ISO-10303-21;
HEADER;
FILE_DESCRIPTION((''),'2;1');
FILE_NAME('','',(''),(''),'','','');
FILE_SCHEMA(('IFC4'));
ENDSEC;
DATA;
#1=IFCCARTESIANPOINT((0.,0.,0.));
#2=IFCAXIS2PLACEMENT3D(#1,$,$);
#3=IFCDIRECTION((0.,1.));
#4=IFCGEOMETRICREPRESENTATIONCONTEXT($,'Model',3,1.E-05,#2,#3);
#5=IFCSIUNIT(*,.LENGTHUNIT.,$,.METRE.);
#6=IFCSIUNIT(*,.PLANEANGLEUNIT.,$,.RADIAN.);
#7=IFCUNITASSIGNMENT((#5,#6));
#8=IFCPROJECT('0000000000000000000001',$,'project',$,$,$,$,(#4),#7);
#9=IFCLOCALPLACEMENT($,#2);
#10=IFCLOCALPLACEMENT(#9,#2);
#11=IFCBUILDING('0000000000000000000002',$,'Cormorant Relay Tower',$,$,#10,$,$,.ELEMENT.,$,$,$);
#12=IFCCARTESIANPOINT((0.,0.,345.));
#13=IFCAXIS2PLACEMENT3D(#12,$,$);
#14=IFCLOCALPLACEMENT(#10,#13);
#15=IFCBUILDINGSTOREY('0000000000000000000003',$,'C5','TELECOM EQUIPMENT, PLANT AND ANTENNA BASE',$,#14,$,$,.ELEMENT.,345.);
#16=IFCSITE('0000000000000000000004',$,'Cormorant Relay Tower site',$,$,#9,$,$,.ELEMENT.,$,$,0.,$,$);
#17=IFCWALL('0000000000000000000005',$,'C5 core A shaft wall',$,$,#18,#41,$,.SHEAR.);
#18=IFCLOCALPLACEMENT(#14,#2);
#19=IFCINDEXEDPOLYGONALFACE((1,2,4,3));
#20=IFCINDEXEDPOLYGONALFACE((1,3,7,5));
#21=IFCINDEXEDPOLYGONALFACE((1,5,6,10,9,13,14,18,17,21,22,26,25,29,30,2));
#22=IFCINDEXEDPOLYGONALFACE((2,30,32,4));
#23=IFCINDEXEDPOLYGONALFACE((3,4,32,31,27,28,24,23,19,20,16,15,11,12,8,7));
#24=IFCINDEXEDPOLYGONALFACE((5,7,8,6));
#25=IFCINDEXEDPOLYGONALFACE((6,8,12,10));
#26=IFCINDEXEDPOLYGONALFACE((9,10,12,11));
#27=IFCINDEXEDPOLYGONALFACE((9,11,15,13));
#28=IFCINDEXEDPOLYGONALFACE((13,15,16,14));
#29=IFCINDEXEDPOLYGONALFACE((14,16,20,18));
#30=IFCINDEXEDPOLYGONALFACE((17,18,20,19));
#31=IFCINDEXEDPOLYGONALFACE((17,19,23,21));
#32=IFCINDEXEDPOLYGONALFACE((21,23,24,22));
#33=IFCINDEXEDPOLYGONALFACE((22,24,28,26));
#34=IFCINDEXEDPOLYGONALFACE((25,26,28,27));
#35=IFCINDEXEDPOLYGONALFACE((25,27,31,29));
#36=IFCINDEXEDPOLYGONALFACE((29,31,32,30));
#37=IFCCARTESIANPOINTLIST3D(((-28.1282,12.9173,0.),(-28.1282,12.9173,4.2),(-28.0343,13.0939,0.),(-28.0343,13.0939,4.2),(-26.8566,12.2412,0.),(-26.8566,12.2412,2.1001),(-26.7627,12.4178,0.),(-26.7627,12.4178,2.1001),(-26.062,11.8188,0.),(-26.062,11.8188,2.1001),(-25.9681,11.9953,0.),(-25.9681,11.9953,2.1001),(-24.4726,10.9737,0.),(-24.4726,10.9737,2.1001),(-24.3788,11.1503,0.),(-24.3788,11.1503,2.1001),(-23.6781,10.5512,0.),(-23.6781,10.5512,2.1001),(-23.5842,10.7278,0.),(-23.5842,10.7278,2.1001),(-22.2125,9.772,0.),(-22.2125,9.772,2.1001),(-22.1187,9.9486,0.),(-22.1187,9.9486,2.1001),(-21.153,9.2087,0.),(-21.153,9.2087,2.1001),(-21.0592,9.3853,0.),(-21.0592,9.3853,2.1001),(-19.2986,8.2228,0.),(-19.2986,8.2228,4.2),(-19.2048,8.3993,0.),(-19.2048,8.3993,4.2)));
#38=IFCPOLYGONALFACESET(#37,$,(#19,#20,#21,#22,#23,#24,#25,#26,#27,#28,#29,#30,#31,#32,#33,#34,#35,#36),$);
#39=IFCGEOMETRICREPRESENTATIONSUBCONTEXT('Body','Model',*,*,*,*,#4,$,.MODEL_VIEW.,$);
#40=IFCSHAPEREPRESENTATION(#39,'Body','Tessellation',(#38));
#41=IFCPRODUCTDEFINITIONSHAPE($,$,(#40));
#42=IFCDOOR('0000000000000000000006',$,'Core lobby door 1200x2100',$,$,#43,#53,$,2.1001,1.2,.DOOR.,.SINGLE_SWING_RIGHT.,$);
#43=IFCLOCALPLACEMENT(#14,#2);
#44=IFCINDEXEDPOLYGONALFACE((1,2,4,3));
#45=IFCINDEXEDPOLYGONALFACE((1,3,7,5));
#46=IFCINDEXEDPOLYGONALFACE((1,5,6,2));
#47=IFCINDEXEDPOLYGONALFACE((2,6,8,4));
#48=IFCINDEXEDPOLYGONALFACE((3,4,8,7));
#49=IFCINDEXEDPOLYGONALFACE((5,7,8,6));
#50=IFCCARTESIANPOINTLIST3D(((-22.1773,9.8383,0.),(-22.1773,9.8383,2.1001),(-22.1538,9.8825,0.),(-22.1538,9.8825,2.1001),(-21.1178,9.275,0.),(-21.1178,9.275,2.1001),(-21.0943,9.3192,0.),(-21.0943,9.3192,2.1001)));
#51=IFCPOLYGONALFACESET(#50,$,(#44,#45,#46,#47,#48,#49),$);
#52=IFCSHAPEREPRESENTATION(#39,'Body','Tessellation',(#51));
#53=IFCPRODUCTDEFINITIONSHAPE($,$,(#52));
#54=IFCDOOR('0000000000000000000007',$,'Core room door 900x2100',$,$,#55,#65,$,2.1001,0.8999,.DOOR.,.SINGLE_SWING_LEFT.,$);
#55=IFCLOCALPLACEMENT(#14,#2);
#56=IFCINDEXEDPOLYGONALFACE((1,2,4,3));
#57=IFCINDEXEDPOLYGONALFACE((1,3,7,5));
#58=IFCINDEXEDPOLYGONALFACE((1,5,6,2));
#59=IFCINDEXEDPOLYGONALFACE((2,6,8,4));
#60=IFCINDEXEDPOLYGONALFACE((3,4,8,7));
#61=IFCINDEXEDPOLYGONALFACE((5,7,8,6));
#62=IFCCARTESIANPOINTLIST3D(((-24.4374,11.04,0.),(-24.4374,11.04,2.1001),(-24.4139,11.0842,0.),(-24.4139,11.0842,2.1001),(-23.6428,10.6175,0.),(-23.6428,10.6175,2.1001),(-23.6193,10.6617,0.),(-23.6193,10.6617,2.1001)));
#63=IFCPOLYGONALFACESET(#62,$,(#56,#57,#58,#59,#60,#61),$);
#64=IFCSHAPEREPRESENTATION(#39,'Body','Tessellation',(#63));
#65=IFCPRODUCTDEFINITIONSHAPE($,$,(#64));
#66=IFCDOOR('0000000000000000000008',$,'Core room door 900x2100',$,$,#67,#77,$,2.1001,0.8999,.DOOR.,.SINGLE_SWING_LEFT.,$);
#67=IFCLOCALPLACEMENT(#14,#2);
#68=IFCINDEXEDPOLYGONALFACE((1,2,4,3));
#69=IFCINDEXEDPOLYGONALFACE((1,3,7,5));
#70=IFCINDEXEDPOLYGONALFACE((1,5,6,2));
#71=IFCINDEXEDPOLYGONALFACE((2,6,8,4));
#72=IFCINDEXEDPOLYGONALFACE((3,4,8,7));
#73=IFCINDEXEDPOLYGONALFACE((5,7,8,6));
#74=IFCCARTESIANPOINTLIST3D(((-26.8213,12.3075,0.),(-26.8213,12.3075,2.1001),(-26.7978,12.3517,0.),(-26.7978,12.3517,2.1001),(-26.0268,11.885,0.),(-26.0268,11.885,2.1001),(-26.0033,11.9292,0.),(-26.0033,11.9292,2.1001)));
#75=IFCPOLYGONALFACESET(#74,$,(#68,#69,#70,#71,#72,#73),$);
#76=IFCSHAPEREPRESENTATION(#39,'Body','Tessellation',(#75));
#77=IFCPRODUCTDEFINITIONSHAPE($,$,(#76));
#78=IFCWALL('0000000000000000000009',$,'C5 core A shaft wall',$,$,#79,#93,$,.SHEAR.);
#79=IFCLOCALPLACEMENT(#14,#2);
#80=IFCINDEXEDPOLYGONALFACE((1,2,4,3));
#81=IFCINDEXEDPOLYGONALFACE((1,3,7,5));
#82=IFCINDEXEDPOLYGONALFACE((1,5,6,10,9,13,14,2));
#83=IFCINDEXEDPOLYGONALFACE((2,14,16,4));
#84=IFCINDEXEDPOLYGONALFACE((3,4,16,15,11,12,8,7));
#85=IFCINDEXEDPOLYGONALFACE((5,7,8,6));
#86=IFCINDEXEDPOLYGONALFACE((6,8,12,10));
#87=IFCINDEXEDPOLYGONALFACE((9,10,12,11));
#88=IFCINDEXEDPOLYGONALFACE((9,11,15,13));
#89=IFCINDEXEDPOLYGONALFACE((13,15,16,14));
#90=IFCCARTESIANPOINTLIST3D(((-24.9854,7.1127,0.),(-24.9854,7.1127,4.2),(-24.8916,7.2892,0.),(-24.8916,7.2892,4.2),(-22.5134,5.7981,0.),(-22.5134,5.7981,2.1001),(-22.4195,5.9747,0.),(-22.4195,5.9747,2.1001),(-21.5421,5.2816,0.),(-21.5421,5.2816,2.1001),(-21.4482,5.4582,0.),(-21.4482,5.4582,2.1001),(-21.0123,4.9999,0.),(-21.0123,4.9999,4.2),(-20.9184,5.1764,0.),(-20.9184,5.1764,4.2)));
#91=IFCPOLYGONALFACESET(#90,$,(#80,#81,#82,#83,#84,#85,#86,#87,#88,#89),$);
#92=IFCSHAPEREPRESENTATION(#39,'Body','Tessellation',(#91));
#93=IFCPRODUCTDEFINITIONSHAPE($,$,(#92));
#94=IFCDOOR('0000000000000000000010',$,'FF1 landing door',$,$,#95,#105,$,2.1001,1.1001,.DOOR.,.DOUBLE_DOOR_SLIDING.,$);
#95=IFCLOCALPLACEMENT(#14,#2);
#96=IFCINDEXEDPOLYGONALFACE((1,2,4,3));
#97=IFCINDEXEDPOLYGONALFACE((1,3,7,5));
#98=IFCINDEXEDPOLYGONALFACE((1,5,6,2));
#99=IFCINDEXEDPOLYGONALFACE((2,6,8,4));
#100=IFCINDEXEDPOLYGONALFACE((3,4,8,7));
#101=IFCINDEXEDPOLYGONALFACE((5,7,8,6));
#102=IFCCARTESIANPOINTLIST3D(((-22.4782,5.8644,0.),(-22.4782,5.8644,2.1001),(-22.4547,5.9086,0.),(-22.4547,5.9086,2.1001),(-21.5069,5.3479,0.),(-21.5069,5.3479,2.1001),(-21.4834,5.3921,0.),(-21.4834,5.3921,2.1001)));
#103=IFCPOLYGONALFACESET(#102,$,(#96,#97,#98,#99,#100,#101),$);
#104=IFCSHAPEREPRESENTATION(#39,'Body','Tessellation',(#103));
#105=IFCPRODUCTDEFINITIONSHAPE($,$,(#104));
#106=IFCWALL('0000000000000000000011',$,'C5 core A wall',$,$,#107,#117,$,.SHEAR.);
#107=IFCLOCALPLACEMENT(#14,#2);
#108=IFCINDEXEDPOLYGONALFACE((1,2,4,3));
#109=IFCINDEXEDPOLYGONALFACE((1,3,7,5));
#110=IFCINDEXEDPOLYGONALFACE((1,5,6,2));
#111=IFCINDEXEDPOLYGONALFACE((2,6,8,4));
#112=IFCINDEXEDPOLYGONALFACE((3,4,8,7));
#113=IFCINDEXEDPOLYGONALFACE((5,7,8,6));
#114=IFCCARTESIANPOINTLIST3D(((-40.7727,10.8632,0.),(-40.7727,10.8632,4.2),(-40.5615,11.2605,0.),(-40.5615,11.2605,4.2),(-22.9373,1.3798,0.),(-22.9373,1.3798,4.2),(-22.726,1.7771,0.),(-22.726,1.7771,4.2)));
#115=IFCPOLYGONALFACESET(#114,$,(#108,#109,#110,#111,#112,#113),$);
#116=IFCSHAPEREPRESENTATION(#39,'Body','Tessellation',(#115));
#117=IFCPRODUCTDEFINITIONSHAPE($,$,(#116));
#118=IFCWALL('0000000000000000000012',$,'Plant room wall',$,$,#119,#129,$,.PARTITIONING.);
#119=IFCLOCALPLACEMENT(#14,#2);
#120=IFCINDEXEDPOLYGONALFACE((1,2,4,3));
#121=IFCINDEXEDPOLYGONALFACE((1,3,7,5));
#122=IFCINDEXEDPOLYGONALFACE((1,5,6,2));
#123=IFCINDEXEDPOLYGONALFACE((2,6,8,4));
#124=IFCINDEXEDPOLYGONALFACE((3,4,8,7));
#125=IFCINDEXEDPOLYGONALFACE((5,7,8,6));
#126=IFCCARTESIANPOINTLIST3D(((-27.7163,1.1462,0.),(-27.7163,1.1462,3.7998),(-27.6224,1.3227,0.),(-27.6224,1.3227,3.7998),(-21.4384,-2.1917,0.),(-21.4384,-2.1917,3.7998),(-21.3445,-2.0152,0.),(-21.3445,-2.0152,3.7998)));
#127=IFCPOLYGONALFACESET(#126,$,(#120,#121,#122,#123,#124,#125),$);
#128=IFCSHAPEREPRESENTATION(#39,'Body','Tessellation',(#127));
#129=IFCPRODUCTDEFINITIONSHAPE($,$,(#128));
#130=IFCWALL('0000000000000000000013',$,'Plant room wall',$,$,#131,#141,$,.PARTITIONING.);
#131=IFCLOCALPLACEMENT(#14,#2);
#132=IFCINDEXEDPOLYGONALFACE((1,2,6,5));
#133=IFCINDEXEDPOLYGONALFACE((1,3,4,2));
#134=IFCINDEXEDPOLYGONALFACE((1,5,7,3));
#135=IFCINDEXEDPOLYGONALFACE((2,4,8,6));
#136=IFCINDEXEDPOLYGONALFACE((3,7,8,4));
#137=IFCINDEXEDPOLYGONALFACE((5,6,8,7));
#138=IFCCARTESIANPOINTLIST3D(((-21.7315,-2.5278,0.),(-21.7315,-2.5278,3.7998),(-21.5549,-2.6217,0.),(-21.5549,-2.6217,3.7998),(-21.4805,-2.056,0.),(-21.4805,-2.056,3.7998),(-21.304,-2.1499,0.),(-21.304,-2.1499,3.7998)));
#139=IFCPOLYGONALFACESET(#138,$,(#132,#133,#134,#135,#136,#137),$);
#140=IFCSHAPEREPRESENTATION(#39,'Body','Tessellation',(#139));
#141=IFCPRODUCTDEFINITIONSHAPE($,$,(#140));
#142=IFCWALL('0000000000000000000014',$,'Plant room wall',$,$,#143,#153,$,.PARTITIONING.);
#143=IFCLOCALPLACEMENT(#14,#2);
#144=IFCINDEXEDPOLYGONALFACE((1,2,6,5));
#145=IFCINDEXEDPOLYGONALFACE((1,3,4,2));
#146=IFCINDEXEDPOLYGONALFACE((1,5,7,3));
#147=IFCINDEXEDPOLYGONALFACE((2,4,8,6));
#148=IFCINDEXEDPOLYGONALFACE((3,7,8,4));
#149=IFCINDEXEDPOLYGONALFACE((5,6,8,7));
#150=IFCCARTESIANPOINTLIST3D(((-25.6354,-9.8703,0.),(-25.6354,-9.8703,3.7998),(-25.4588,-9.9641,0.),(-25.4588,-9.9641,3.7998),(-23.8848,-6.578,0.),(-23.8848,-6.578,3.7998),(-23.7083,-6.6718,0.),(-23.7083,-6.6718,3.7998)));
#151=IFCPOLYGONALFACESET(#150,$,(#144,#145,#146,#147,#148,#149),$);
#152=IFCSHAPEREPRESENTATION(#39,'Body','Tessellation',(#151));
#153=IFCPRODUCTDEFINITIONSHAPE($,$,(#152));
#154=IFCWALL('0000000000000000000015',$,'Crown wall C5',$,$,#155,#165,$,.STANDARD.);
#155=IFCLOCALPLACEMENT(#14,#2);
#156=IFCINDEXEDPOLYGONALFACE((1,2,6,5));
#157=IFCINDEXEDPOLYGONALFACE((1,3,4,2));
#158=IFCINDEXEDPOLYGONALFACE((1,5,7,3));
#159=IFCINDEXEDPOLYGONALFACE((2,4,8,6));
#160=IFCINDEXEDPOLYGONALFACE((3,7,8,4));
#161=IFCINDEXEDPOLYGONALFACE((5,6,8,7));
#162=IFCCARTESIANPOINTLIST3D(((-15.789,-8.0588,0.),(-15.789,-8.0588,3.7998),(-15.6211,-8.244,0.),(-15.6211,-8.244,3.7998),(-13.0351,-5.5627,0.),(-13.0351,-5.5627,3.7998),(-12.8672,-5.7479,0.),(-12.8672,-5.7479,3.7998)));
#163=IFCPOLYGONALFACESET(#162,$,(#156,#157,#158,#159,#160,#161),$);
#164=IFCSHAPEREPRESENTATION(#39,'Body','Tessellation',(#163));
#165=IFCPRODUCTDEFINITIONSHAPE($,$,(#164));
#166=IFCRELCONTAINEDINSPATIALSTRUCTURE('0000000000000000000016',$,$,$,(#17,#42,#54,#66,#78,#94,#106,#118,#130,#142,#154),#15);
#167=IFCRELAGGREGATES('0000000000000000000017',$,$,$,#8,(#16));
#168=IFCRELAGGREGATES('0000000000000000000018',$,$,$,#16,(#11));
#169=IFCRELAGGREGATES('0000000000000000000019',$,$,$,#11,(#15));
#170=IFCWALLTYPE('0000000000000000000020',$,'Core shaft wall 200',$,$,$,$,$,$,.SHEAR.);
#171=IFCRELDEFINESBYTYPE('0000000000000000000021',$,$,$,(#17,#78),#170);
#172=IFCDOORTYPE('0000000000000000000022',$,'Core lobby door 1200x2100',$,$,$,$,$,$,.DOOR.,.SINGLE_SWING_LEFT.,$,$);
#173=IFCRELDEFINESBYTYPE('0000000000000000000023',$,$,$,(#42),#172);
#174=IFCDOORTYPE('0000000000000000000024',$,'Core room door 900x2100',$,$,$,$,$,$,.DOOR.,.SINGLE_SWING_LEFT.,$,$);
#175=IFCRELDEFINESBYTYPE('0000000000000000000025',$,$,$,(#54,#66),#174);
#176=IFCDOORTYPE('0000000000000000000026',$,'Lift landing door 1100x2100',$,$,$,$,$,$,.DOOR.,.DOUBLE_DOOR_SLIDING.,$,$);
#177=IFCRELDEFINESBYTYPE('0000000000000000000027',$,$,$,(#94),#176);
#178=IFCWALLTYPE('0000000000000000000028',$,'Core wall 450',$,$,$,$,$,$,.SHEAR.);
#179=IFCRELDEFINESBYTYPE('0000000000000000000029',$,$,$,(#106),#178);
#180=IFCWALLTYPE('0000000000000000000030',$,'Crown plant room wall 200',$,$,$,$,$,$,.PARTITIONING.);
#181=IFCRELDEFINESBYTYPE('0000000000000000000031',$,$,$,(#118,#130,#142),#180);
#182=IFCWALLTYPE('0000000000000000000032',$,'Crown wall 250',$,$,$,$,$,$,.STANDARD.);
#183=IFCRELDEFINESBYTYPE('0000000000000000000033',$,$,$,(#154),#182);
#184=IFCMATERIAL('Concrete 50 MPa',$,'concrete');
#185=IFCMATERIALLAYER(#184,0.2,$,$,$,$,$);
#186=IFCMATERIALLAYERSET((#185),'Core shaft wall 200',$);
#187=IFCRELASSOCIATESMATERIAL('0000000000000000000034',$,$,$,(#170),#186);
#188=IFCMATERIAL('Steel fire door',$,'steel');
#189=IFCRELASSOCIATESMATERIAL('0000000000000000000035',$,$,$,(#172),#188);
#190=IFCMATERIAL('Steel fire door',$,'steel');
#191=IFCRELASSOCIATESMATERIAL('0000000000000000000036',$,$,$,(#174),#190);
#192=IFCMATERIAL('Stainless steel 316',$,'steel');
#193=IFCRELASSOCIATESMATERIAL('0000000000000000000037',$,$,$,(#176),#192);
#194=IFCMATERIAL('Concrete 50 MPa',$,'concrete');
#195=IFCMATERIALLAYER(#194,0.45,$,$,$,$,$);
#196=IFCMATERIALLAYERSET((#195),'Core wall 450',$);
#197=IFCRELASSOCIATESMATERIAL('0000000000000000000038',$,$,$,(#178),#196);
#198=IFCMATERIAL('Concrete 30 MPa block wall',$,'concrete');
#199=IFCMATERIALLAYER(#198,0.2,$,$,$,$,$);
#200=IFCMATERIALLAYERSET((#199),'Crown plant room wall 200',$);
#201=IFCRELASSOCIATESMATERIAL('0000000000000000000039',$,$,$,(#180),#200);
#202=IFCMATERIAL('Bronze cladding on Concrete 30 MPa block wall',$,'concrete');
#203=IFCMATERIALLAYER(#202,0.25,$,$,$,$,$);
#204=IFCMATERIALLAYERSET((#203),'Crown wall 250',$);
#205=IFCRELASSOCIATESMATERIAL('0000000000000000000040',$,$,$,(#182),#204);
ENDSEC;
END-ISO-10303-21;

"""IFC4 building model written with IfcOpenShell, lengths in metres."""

from ifc_helpers import new_model, si_unit, direction, frame, frame_2d, origin, place, context, subcontext, project, spatial, rectangle, extrude, material, layer, layer_set, type_object, element, fill, save


model = new_model("IFC4")

# Units and contexts
model_context = context("Model", 3, precision=1e-05, world=origin(), true_north=direction((0.0, 1.0)))
body_context = subcontext(model_context, "Body", "Model", "MODEL_VIEW")
ifc_project = project(units=[si_unit("LENGTHUNIT", "METRE"), si_unit("PLANEANGLEUNIT", "RADIAN")], contexts=[model_context])

# Site, building, storey
site_placement = place(None, origin())
site = spatial("IfcSite", under=ifc_project, at=site_placement, Name="Cormorant Relay Tower site", CompositionType="ELEMENT", RefElevation=0.0)
building_placement = place(site_placement, origin())
building = spatial("IfcBuilding", under=site, at=building_placement, Name="Cormorant Relay Tower", CompositionType="ELEMENT")
storey_placement = place(building_placement, frame((0.0, 0.0, 345.0)))
storey = spatial("IfcBuildingStorey", under=building, at=storey_placement, Name="C5", Description="TELECOM EQUIPMENT, PLANT AND ANTENNA BASE", CompositionType="ELEMENT", Elevation=345.0)

# Shared definitions
ifc_material_1 = material(Name="Concrete 50 MPa", Category="concrete")
ifc_layer_1 = layer(ifc_material_1, 0.2)
ifc_layer_set_1 = layer_set([ifc_layer_1], Name="Core shaft wall 200")
wall_type_1 = type_object("IfcWallType", Name="Core shaft wall 200", PredefinedType="SHEAR", material=ifc_layer_set_1)

# Wall, openings, doors
wall_1_placement = place(storey_placement, frame((-19.2517, 8.311, 0.0), z_axis=(0.0, 0.0, 1.0), x_axis=(-0.882956, 0.469456, 0.0)))
wall_1 = element("IfcWall", 1, at=wall_1_placement, inside=storey, type_object=wall_type_1, Name="C5 core A shaft wall", PredefinedType="SHEAR", context=body_context, shape_type="SweptSolid", body=[
    extrude(rectangle(XDim=10.0, YDim=0.2, at=frame_2d((5.0, 0.0))), origin(), (0.0, 0.0, 1.0), 4.2),
])
opening_1_placement = place(wall_1_placement, frame((2.1001, 0.0, 0.0)))
opening_1 = element("IfcOpeningElement", 2, at=opening_1_placement, cuts=wall_1, PredefinedType="OPENING", context=body_context, shape_type="SweptSolid", body=[
    extrude(rectangle(XDim=1.2, YDim=2.1001, at=frame_2d((0.6001, 1.05))), frame((0.0, 0.1099, 0.0), z_axis=(0.0, -1.0, 0.0), x_axis=(1.0, 0.0, 0.0)), (0.0, 0.0, 1.0), 0.22),
])
opening_2_placement = place(wall_1_placement, frame((4.96, 0.0, 0.0)))
opening_2 = element("IfcOpeningElement", 3, at=opening_2_placement, cuts=wall_1, PredefinedType="OPENING", context=body_context, shape_type="SweptSolid", body=[
    extrude(rectangle(XDim=0.8999, YDim=2.1001, at=frame_2d((0.45, 1.05))), frame((0.0, 0.1099, 0.0), z_axis=(0.0, -1.0, 0.0), x_axis=(1.0, 0.0, 0.0)), (0.0, 0.0, 1.0), 0.22),
])
opening_3_placement = place(wall_1_placement, frame((7.6599, 0.0, 0.0)))
opening_3 = element("IfcOpeningElement", 4, at=opening_3_placement, cuts=wall_1, PredefinedType="OPENING", context=body_context, shape_type="SweptSolid", body=[
    extrude(rectangle(XDim=0.8999, YDim=2.1001, at=frame_2d((0.45, 1.05))), frame((0.0, 0.1099, 0.0), z_axis=(0.0, -1.0, 0.0), x_axis=(1.0, 0.0, 0.0)), (0.0, 0.0, 1.0), 0.22),
])
ifc_material_2 = material(Name="Steel fire door", Category="steel")
door_type_1 = type_object("IfcDoorType", Name="Core lobby door 1200x2100", OperationType="SINGLE_SWING_LEFT", PredefinedType="DOOR", material=ifc_material_2)
door_1_placement = place(opening_1_placement, origin())
door_1 = element("IfcDoor", 5, at=door_1_placement, inside=storey, type_object=door_type_1, Name="Core lobby door 1200x2100", OperationType="SINGLE_SWING_RIGHT", OverallHeight=2.1001, OverallWidth=1.2, PredefinedType="DOOR", context=body_context, shape_type="SweptSolid", body=[
    extrude(rectangle(XDim=1.2, YDim=2.1001, at=frame_2d((0.6001, 1.05))), frame((0.0, 0.0249, 0.0), z_axis=(0.0, -1.0, 0.0), x_axis=(1.0, 0.0, 0.0)), (0.0, 0.0, 1.0), 0.05),
])
fill(opening_1, door_1)
ifc_material_3 = material(Name="Steel fire door", Category="steel")
door_type_2 = type_object("IfcDoorType", Name="Core room door 900x2100", OperationType="SINGLE_SWING_LEFT", PredefinedType="DOOR", material=ifc_material_3)
door_2_placement = place(opening_2_placement, origin())
door_2 = element("IfcDoor", 6, at=door_2_placement, inside=storey, type_object=door_type_2, Name="Core room door 900x2100", OperationType="SINGLE_SWING_LEFT", OverallHeight=2.1001, OverallWidth=0.8999, PredefinedType="DOOR", context=body_context, shape_type="SweptSolid", body=[
    extrude(rectangle(XDim=0.8999, YDim=2.1001, at=frame_2d((0.45, 1.05))), frame((0.0, 0.0249, 0.0), z_axis=(0.0, -1.0, 0.0), x_axis=(1.0, 0.0, 0.0)), (0.0, 0.0, 1.0), 0.05),
])
fill(opening_2, door_2)
door_3_placement = place(opening_3_placement, origin())
door_3 = element("IfcDoor", 7, at=door_3_placement, inside=storey, type_object=door_type_2, Name="Core room door 900x2100", OperationType="SINGLE_SWING_LEFT", OverallHeight=2.1001, OverallWidth=0.8999, PredefinedType="DOOR", context=body_context, shape_type="SweptSolid", body=[
    extrude(rectangle(XDim=0.8999, YDim=2.1001, at=frame_2d((0.45, 1.05))), frame((0.0, 0.0249, 0.0), z_axis=(0.0, -1.0, 0.0), x_axis=(1.0, 0.0, 0.0)), (0.0, 0.0, 1.0), 0.05),
])
fill(opening_3, door_3)

# Wall, opening, door
wall_2_placement = place(storey_placement, frame((-20.9653, 5.0881, 0.0), z_axis=(0.0, 0.0, 1.0), x_axis=(-0.882926, 0.469512, 0.0)))
wall_2 = element("IfcWall", 8, at=wall_2_placement, inside=storey, type_object=wall_type_1, Name="C5 core A shaft wall", PredefinedType="SHEAR", context=body_context, shape_type="SweptSolid", body=[
    extrude(rectangle(XDim=4.5, YDim=0.2, at=frame_2d((2.25, 0.0))), origin(), (0.0, 0.0, 1.0), 4.2),
])
opening_4_placement = place(wall_2_placement, frame((0.6001, 0.0, 0.0)))
opening_4 = element("IfcOpeningElement", 9, at=opening_4_placement, cuts=wall_2, PredefinedType="OPENING", context=body_context, shape_type="SweptSolid", body=[
    extrude(rectangle(XDim=1.1001, YDim=2.1001, at=frame_2d((0.55, 1.05))), frame((0.0, 0.1099, 0.0), z_axis=(0.0, -1.0, 0.0), x_axis=(1.0, 0.0, 0.0)), (0.0, 0.0, 1.0), 0.22),
])
ifc_material_4 = material(Name="Stainless steel 316", Category="steel")
door_type_3 = type_object("IfcDoorType", Name="Lift landing door 1100x2100", OperationType="DOUBLE_DOOR_SLIDING", PredefinedType="DOOR", material=ifc_material_4)
door_4_placement = place(opening_4_placement, origin())
door_4 = element("IfcDoor", 10, at=door_4_placement, inside=storey, type_object=door_type_3, Name="FF1 landing door", OperationType="DOUBLE_DOOR_SLIDING", OverallHeight=2.1001, OverallWidth=1.1001, PredefinedType="DOOR", context=body_context, shape_type="SweptSolid", body=[
    extrude(rectangle(XDim=1.1001, YDim=2.1001, at=frame_2d((0.55, 1.05))), frame((0.0, 0.0249, 0.0), z_axis=(0.0, -1.0, 0.0), x_axis=(1.0, 0.0, 0.0)), (0.0, 0.0, 1.0), 0.05),
])
fill(opening_4, door_4)

# Walls
ifc_material_5 = material(Name="Concrete 50 MPa", Category="concrete")
ifc_layer_2 = layer(ifc_material_5, 0.45)
ifc_layer_set_2 = layer_set([ifc_layer_2], Name="Core wall 450")
wall_type_2 = type_object("IfcWallType", Name="Core wall 450", PredefinedType="SHEAR", material=ifc_layer_set_2)
wall_3_placement = place(storey_placement, frame((-22.8315, 1.5784, 0.0), z_axis=(0.0, 0.0, 1.0), x_axis=(-0.882945, 0.469476, 0.0)))
element("IfcWall", 11, at=wall_3_placement, inside=storey, type_object=wall_type_2, Name="C5 core A wall", PredefinedType="SHEAR", context=body_context, shape_type="SweptSolid", body=[
    extrude(rectangle(XDim=20.2, YDim=0.45, at=frame_2d((10.1001, 0.0))), origin(), (0.0, 0.0, 1.0), 4.2),
])
ifc_material_6 = material(Name="Concrete 30 MPa block wall", Category="concrete")
ifc_layer_3 = layer(ifc_material_6, 0.2)
ifc_layer_set_3 = layer_set([ifc_layer_3], Name="Crown plant room wall 200")
wall_type_3 = type_object("IfcWallType", Name="Crown plant room wall 200", PredefinedType="PARTITIONING", material=ifc_layer_set_3)
wall_4_placement = place(storey_placement, frame((-21.3914, -2.1035, 0.0), z_axis=(0.0, 0.0, 1.0), x_axis=(-0.882953, 0.469461, 0.0)))
element("IfcWall", 12, at=wall_4_placement, inside=storey, type_object=wall_type_3, Name="Plant room wall", PredefinedType="PARTITIONING", context=body_context, shape_type="SweptSolid", body=[
    extrude(rectangle(XDim=7.1101, YDim=0.2, at=frame_2d((3.5552, 0.0))), origin(), (0.0, 0.0, 1.0), 3.7998),
])
wall_5_placement = place(storey_placement, frame((-21.3923, -2.103, 0.0), z_axis=(0.0, 0.0, 1.0), x_axis=(-0.469545, -0.882909, 0.0)))
element("IfcWall", 13, at=wall_5_placement, inside=storey, type_object=wall_type_3, Name="Plant room wall", PredefinedType="PARTITIONING", context=body_context, shape_type="SweptSolid", body=[
    extrude(rectangle(XDim=0.5344, YDim=0.2, at=frame_2d((0.2671, 0.0))), origin(), (0.0, 0.0, 1.0), 3.7998),
])
wall_6_placement = place(storey_placement, frame((-23.7966, -6.625, 0.0), z_axis=(0.0, 0.0, 1.0), x_axis=(-0.469466, -0.88295, 0.0)))
element("IfcWall", 14, at=wall_6_placement, inside=storey, type_object=wall_type_3, Name="Plant room wall", PredefinedType="PARTITIONING", context=body_context, shape_type="SweptSolid", body=[
    extrude(rectangle(XDim=3.7288, YDim=0.2, at=frame_2d((1.8643, 0.0))), origin(), (0.0, 0.0, 1.0), 3.7998),
])
ifc_material_7 = material(Name="Bronze cladding on Concrete 30 MPa block wall", Category="concrete")
ifc_layer_4 = layer(ifc_material_7, 0.25)
ifc_layer_set_4 = layer_set([ifc_layer_4], Name="Crown wall 250")
wall_type_4 = type_object("IfcWallType", Name="Crown wall 250", PredefinedType="STANDARD", material=ifc_layer_set_4)
for number, where, z_axis, x_axis, name in (
    (15, (-12.9512, -5.6553, 0.0), (0.0, 0.0, 1.0), (-0.740938, -0.671574, 0.0), "Crown wall C5"),
):
    element("IfcWall", number, at=place(storey_placement, frame(where, z_axis=z_axis, x_axis=x_axis)), inside=storey, type_object=wall_type_4, Name=name, PredefinedType="STANDARD", context=body_context, shape_type="SweptSolid", body=[
        extrude(rectangle(XDim=3.7168, YDim=0.25, at=frame_2d((1.8584, 0.0))), origin(), (0.0, 0.0, 1.0), 3.7998),
    ])

save(model, "model.ifc")
